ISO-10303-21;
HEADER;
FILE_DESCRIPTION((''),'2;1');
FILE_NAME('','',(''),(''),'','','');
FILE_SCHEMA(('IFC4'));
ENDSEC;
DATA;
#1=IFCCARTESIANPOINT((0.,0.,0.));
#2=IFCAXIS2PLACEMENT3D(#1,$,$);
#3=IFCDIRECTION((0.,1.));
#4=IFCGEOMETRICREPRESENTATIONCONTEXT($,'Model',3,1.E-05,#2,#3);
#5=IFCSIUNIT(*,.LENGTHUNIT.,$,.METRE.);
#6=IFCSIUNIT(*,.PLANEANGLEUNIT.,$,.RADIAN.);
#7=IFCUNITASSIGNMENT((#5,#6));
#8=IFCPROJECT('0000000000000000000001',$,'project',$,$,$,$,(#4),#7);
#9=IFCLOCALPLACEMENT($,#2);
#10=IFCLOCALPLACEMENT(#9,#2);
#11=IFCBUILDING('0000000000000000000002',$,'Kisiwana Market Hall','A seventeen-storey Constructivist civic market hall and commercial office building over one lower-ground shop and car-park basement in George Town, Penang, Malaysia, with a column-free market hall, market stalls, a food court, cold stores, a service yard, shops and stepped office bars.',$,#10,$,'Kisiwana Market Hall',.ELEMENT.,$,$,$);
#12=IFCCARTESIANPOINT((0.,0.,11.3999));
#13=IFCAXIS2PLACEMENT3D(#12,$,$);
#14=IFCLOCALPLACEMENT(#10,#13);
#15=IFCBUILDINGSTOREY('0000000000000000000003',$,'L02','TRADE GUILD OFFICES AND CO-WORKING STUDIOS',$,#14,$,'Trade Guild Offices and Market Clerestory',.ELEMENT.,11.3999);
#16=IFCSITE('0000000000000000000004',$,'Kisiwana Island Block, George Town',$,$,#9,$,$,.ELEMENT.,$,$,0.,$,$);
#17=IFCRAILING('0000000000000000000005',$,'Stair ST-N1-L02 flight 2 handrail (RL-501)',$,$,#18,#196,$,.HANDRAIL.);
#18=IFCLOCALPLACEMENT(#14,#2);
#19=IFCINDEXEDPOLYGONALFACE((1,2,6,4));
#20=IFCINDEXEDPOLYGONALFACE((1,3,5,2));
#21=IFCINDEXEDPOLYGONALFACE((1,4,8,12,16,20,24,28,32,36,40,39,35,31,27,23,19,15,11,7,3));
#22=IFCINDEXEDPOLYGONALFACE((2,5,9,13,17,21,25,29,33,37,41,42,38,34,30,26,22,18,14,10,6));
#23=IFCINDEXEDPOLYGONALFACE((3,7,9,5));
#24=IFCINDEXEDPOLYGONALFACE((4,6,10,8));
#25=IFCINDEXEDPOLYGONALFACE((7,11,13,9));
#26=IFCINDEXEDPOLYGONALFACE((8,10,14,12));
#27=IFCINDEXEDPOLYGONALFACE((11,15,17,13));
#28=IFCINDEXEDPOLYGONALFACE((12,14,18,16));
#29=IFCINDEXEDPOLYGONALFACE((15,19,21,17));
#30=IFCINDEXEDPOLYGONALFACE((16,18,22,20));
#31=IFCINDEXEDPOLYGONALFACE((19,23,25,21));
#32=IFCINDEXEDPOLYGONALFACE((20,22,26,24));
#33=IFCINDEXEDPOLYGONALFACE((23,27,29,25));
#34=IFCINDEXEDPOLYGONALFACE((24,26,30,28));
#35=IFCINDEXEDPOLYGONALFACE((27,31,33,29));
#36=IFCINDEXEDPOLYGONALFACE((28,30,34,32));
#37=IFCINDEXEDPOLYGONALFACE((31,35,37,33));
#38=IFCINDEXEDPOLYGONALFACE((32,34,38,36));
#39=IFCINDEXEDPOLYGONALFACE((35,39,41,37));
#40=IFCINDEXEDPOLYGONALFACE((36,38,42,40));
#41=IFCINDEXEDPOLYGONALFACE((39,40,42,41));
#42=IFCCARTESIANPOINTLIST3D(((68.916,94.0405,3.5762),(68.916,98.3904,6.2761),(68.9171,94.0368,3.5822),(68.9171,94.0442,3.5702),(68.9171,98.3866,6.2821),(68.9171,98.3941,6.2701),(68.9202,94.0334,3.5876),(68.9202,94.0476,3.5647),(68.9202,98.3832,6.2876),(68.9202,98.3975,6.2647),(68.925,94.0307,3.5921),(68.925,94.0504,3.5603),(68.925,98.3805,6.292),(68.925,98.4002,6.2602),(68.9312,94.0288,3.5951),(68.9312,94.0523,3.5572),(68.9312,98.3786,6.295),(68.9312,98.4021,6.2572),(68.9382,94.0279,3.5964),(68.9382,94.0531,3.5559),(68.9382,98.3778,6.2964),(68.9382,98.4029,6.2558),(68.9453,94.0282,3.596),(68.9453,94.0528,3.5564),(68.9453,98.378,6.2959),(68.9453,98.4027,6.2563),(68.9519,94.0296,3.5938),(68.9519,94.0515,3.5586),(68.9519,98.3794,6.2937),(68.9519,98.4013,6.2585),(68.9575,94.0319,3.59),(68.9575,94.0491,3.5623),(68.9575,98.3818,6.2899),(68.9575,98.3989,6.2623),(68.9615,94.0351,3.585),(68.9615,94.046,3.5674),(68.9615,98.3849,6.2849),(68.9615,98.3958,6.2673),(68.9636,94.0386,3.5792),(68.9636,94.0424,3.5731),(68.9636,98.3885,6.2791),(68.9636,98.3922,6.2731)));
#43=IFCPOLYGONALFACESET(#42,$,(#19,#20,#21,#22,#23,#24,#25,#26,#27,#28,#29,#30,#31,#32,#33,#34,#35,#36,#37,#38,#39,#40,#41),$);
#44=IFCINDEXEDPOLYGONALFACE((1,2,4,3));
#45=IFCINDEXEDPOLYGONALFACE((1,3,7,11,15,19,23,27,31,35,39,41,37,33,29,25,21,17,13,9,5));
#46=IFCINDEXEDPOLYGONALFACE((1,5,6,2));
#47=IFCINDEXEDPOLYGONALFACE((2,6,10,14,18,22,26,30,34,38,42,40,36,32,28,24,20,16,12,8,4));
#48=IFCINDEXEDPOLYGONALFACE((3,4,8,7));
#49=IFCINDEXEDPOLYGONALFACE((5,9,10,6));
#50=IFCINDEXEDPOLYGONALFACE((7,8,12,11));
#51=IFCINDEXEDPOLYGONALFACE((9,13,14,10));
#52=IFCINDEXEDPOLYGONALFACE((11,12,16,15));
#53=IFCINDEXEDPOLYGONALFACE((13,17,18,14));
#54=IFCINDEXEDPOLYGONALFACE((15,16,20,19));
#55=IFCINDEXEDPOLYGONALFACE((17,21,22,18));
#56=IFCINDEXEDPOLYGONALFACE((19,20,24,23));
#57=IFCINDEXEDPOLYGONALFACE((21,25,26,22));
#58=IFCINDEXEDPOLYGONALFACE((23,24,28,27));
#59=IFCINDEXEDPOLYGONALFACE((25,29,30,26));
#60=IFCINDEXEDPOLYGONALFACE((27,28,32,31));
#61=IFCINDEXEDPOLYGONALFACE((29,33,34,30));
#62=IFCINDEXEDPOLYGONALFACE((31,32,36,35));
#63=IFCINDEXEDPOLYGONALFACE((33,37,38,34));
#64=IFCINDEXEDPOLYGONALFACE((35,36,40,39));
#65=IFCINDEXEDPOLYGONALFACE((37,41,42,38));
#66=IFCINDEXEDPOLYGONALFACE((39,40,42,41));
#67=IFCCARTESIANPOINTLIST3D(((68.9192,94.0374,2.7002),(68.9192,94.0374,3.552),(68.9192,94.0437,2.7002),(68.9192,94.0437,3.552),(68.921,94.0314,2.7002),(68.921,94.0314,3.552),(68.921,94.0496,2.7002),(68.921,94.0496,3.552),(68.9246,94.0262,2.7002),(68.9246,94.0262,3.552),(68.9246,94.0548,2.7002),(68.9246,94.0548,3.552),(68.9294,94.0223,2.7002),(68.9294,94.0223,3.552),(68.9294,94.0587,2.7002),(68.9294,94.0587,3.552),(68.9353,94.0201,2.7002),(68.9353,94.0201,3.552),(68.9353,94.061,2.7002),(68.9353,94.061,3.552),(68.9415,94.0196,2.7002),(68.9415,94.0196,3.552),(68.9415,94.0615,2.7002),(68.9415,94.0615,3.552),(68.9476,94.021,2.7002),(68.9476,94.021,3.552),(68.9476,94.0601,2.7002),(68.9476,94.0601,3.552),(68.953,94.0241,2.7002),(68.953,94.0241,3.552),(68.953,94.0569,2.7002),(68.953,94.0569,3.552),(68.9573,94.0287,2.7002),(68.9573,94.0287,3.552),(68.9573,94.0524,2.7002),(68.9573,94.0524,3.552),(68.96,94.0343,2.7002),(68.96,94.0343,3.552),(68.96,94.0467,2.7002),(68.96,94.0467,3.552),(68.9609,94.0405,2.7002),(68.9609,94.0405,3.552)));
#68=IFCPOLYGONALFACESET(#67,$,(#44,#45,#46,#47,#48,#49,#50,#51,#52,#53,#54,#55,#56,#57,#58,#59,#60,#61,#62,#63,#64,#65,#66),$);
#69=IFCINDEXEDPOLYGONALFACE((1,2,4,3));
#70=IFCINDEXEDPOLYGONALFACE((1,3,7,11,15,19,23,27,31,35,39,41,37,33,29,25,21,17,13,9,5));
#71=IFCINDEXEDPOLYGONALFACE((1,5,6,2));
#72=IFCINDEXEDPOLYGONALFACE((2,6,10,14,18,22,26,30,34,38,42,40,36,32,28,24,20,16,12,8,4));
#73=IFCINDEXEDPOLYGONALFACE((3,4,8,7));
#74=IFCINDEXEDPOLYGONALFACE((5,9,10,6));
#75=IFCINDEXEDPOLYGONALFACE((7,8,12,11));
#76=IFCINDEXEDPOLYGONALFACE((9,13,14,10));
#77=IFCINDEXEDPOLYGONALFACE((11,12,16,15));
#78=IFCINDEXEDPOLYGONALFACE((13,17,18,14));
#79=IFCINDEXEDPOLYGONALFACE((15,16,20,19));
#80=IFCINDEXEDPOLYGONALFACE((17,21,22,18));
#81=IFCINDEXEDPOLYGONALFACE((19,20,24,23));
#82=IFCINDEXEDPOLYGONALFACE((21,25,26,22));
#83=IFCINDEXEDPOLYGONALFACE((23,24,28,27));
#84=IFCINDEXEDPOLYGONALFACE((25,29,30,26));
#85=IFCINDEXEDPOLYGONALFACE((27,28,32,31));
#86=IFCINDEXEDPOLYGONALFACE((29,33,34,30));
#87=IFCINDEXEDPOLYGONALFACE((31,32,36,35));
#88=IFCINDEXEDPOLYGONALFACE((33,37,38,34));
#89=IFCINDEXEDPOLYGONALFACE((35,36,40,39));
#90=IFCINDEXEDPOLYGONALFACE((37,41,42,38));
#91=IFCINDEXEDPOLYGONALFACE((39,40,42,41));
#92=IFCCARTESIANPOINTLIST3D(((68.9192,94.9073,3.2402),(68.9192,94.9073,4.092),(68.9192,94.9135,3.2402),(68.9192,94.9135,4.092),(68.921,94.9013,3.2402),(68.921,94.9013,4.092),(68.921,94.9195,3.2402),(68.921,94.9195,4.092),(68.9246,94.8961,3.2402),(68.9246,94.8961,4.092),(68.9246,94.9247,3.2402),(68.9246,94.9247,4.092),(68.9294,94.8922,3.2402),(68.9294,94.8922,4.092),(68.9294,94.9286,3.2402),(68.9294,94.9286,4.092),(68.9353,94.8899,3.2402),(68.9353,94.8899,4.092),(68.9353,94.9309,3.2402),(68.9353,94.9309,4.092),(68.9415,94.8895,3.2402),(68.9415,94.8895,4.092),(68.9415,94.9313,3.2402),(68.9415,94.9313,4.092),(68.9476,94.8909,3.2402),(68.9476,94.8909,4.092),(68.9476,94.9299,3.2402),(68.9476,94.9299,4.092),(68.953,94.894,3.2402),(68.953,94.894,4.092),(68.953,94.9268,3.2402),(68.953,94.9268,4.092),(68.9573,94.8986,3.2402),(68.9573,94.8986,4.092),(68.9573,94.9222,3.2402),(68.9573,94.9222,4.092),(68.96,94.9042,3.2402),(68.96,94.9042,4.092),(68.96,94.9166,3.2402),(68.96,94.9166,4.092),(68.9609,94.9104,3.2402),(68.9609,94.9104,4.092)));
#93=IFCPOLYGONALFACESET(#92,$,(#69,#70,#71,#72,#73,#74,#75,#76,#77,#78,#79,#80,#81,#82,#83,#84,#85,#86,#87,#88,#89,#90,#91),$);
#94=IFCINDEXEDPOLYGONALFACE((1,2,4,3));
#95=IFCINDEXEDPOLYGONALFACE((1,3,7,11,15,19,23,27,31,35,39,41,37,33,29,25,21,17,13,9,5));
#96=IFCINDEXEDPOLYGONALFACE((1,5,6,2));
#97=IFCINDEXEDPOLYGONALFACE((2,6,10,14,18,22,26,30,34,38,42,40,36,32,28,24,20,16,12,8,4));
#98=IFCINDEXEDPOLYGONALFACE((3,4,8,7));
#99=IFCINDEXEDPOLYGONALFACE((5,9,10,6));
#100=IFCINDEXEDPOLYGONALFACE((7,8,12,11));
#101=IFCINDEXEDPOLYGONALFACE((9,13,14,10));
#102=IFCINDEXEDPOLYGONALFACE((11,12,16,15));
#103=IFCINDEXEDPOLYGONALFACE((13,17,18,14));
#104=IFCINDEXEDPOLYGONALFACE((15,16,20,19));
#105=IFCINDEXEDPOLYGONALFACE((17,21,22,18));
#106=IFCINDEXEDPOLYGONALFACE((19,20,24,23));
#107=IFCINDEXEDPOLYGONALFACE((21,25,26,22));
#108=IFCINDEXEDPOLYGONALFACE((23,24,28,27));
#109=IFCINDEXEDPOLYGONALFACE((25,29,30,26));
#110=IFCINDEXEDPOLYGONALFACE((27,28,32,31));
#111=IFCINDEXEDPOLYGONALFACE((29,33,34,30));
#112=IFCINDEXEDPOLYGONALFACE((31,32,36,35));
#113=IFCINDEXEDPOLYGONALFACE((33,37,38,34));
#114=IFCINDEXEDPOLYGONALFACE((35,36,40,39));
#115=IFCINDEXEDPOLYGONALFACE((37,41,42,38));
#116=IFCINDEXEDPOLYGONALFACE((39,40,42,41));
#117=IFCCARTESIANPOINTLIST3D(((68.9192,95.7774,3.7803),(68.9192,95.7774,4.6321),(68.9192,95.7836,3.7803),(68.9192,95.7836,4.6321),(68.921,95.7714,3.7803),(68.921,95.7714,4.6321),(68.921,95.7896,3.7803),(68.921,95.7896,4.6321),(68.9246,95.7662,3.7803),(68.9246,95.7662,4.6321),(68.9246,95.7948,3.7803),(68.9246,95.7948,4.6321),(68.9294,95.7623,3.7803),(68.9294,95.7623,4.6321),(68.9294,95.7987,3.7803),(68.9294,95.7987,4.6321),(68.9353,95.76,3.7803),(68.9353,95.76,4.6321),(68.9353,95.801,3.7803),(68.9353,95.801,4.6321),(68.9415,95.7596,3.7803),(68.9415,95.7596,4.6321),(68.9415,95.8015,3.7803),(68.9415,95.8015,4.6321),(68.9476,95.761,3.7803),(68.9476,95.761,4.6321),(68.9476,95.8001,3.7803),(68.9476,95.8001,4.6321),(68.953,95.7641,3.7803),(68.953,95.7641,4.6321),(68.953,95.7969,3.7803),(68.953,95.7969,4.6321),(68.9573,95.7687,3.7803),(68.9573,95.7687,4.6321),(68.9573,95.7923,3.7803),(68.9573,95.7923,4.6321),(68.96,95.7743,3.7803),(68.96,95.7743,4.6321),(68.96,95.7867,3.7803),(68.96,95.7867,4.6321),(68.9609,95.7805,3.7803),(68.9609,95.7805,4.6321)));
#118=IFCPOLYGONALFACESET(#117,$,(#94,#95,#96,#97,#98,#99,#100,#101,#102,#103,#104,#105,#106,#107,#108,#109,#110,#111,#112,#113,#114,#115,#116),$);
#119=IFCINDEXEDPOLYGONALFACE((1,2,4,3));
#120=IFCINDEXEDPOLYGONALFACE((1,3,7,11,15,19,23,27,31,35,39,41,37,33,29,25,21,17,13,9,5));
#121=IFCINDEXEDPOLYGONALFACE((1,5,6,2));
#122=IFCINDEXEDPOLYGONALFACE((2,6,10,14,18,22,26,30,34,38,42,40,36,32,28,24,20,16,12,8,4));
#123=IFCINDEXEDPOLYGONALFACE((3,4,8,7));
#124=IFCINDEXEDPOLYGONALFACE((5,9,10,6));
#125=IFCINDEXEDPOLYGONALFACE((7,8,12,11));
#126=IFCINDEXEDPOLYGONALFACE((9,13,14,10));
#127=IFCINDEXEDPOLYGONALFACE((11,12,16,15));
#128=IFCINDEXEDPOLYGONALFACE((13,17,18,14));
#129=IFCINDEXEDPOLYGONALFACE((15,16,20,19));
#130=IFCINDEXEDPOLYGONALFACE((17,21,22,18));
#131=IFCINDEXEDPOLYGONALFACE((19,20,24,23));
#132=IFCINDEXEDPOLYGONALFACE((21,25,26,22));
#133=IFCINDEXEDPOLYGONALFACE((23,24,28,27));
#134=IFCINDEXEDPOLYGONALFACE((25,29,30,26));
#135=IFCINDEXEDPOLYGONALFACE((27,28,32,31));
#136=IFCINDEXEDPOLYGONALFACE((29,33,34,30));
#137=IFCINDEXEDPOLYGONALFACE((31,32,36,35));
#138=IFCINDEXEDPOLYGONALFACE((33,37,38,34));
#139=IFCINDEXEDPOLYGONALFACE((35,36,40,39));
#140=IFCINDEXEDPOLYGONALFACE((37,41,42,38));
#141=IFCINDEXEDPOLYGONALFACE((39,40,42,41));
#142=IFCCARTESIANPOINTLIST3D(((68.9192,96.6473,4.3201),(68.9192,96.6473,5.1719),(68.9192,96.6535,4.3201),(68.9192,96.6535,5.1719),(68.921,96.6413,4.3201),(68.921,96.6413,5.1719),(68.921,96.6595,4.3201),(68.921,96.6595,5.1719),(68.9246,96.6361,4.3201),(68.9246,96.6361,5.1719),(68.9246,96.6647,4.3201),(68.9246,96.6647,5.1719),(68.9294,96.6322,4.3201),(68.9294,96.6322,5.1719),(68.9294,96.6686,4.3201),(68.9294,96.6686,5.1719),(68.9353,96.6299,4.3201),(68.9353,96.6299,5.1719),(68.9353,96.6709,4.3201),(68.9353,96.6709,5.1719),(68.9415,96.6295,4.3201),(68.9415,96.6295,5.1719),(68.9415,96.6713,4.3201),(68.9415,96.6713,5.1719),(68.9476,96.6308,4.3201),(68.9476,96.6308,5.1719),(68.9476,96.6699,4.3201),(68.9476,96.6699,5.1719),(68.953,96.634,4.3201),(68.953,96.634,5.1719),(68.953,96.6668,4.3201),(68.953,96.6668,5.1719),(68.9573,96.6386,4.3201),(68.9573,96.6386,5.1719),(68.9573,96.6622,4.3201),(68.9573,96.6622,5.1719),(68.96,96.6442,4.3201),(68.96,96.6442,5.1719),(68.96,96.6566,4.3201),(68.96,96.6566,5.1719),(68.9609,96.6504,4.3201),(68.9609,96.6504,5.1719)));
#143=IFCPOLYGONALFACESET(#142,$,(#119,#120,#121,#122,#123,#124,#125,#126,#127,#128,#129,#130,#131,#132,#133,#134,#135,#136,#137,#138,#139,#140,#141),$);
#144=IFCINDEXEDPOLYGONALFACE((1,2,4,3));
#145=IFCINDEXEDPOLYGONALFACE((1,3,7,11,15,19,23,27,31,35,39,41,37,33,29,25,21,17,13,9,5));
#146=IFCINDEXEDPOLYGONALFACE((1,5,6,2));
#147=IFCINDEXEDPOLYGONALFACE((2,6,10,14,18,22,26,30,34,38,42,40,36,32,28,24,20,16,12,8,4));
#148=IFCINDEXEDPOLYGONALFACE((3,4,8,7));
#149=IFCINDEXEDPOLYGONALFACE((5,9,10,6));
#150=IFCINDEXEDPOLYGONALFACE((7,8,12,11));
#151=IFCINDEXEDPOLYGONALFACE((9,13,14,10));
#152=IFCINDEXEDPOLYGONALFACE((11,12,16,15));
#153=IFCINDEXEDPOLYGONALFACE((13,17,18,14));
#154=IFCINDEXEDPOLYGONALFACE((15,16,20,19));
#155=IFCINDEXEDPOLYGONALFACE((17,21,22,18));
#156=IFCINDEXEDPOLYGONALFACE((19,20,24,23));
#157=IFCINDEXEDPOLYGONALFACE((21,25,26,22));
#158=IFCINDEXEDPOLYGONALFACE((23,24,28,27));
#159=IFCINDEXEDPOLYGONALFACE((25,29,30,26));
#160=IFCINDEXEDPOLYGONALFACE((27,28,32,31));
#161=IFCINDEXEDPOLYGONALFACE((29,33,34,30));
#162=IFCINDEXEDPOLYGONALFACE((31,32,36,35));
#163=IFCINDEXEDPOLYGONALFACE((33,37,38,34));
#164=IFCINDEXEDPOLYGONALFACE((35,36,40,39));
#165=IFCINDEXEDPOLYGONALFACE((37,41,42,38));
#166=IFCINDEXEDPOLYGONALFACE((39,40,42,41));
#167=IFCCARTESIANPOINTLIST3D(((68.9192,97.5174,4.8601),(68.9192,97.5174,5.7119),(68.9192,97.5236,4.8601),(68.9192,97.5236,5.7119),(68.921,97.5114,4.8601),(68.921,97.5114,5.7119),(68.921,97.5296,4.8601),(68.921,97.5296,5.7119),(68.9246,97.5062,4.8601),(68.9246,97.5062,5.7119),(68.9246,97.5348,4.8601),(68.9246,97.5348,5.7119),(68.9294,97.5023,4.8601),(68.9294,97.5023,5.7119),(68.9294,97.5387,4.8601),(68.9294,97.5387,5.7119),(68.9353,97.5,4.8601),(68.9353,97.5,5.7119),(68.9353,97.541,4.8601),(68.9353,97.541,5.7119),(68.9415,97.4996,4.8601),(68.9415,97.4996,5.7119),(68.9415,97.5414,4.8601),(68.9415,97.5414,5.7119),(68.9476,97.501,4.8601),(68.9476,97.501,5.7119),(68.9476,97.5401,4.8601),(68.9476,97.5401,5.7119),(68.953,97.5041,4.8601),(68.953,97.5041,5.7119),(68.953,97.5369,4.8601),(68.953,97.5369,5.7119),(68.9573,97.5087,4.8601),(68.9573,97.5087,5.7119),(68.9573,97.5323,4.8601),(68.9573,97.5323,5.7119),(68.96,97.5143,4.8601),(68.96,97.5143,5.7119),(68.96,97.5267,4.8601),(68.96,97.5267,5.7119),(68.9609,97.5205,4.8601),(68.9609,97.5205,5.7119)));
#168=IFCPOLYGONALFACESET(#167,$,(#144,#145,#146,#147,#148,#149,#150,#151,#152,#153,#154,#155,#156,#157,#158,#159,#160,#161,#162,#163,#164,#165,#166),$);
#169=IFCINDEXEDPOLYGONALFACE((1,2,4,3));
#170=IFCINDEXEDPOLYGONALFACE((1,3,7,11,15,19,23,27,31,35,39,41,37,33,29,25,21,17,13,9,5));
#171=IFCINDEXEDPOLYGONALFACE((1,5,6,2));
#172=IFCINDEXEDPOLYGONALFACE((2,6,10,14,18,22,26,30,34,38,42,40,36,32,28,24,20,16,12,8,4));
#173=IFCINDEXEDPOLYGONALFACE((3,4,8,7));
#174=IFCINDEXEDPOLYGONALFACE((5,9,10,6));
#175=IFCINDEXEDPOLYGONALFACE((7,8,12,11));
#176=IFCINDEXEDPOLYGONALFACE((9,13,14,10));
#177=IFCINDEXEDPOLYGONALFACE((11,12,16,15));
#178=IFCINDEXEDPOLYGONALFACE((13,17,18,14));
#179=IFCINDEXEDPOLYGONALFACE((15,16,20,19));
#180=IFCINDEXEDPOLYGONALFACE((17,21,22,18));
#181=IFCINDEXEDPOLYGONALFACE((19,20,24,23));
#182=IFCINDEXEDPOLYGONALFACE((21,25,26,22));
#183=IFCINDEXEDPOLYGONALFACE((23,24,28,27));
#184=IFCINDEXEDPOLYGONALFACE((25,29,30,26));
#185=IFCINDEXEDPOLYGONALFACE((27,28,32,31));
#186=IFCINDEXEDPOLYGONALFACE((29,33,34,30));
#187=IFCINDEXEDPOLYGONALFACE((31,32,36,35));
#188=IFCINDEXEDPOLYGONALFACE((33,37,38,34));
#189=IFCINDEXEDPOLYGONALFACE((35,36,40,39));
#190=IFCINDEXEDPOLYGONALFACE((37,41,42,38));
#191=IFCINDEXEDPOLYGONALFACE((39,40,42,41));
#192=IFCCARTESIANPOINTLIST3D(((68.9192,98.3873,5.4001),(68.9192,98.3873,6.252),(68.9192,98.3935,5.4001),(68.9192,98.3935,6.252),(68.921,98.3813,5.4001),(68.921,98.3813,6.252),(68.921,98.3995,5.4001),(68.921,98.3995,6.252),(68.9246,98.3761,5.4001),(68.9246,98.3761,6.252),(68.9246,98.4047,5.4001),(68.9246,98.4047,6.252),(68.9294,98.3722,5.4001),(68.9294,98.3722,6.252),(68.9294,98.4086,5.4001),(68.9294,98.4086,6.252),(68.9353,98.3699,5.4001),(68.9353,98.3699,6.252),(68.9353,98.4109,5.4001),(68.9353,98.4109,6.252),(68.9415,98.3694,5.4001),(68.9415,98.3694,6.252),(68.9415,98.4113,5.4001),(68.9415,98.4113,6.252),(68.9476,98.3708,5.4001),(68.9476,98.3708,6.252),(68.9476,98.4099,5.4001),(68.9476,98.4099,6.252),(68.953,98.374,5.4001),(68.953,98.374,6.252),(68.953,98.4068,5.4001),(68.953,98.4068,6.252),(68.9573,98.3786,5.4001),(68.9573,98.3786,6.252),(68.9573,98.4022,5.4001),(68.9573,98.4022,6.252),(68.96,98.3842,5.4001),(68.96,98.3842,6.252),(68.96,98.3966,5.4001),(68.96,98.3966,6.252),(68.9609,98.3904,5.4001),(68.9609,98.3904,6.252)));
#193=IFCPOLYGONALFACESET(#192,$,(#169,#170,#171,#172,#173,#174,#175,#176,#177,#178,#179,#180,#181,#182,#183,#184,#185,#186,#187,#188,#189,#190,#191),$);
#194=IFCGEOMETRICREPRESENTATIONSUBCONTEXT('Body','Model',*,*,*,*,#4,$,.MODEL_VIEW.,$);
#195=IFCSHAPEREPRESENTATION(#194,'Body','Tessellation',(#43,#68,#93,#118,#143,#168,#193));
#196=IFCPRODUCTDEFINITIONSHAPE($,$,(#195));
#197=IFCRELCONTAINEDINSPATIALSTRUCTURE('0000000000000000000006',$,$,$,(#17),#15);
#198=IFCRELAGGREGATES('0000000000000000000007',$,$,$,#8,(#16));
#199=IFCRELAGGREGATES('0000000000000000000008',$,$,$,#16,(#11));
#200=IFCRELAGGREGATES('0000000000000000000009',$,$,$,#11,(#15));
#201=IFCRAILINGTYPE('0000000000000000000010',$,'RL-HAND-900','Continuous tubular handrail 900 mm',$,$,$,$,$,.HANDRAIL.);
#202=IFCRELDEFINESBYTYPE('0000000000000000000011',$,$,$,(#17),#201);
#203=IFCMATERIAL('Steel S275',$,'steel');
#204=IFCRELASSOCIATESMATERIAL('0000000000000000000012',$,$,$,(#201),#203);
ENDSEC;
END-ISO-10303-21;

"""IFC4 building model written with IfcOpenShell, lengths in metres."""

from ifc_helpers import new_model, si_unit, direction, frame, origin, origin_2d, place, context, subcontext, project, spatial, circle, extrude, material, type_object, element, save


model = new_model("IFC4")

# Units and contexts
model_context = context("Model", 3, precision=1e-05, world=origin(), true_north=direction((0.0, 1.0)))
body_context = subcontext(model_context, "Body", "Model", "MODEL_VIEW")
ifc_project = project(units=[si_unit("LENGTHUNIT", "METRE"), si_unit("PLANEANGLEUNIT", "RADIAN")], contexts=[model_context])

# Site, building, storey
site_placement = place(None, origin())
site = spatial("IfcSite", under=ifc_project, at=site_placement, Name="Kisiwana Island Block, George Town", CompositionType="ELEMENT", RefElevation=0.0)
building_placement = place(site_placement, origin())
building = spatial("IfcBuilding", under=site, at=building_placement, Name="Kisiwana Market Hall", Description="A seventeen-storey Constructivist civic market hall and commercial office building over one lower-ground shop and car-park basement in George Town, Penang, Malaysia, with a column-free market hall, market stalls, a food court, cold stores, a service yard, shops and stepped office bars.", LongName="Kisiwana Market Hall", CompositionType="ELEMENT")
storey_placement = place(building_placement, frame((0.0, 0.0, 11.3999)))
storey = spatial("IfcBuildingStorey", under=building, at=storey_placement, Name="L02", Description="TRADE GUILD OFFICES AND CO-WORKING STUDIOS", LongName="Trade Guild Offices and Market Clerestory", CompositionType="ELEMENT", Elevation=11.3999)

# Railing
ifc_material_1 = material(Name="Steel S275", Category="steel")
railing_type_1 = type_object("IfcRailingType", Name="RL-HAND-900", Description="Continuous tubular handrail 900 mm", PredefinedType="HANDRAIL", material=ifc_material_1)
railing_1_placement = place(storey_placement, frame((68.9399, 94.0405, 2.7002)))
element("IfcRailing", 1, at=railing_1_placement, inside=storey, type_object=railing_type_1, Name="Stair ST-N1-L02 flight 2 handrail (RL-501)", PredefinedType="HANDRAIL", context=body_context, shape_type="SweptSolid", body=[
    extrude(circle(Radius=0.0239, at=origin_2d()), frame((0.0, 0.0, 0.876), z_axis=(0.0, 0.849636, 0.527369), x_axis=(-1.0, 0.0, 0.0)), (0.0, 0.0, 1.0), 5.1196),
    extrude(circle(Radius=0.021, at=origin_2d()), origin(), (0.0, 0.0, 1.0), 0.8518),
    extrude(circle(Radius=0.021, at=origin_2d()), frame((0.0, 0.8699, 0.54)), (0.0, 0.0, 1.0), 0.8518),
    extrude(circle(Radius=0.021, at=origin_2d()), frame((0.0, 1.74, 1.0801)), (0.0, 0.0, 1.0), 0.8518),
    extrude(circle(Radius=0.021, at=origin_2d()), frame((0.0, 2.6099, 1.6199)), (0.0, 0.0, 1.0), 0.8518),
    extrude(circle(Radius=0.021, at=origin_2d()), frame((0.0, 3.48, 2.1599)), (0.0, 0.0, 1.0), 0.8518),
    extrude(circle(Radius=0.021, at=origin_2d()), frame((0.0, 4.3499, 2.7)), (0.0, 0.0, 1.0), 0.8518),
])

save(model, "model.ifc")
